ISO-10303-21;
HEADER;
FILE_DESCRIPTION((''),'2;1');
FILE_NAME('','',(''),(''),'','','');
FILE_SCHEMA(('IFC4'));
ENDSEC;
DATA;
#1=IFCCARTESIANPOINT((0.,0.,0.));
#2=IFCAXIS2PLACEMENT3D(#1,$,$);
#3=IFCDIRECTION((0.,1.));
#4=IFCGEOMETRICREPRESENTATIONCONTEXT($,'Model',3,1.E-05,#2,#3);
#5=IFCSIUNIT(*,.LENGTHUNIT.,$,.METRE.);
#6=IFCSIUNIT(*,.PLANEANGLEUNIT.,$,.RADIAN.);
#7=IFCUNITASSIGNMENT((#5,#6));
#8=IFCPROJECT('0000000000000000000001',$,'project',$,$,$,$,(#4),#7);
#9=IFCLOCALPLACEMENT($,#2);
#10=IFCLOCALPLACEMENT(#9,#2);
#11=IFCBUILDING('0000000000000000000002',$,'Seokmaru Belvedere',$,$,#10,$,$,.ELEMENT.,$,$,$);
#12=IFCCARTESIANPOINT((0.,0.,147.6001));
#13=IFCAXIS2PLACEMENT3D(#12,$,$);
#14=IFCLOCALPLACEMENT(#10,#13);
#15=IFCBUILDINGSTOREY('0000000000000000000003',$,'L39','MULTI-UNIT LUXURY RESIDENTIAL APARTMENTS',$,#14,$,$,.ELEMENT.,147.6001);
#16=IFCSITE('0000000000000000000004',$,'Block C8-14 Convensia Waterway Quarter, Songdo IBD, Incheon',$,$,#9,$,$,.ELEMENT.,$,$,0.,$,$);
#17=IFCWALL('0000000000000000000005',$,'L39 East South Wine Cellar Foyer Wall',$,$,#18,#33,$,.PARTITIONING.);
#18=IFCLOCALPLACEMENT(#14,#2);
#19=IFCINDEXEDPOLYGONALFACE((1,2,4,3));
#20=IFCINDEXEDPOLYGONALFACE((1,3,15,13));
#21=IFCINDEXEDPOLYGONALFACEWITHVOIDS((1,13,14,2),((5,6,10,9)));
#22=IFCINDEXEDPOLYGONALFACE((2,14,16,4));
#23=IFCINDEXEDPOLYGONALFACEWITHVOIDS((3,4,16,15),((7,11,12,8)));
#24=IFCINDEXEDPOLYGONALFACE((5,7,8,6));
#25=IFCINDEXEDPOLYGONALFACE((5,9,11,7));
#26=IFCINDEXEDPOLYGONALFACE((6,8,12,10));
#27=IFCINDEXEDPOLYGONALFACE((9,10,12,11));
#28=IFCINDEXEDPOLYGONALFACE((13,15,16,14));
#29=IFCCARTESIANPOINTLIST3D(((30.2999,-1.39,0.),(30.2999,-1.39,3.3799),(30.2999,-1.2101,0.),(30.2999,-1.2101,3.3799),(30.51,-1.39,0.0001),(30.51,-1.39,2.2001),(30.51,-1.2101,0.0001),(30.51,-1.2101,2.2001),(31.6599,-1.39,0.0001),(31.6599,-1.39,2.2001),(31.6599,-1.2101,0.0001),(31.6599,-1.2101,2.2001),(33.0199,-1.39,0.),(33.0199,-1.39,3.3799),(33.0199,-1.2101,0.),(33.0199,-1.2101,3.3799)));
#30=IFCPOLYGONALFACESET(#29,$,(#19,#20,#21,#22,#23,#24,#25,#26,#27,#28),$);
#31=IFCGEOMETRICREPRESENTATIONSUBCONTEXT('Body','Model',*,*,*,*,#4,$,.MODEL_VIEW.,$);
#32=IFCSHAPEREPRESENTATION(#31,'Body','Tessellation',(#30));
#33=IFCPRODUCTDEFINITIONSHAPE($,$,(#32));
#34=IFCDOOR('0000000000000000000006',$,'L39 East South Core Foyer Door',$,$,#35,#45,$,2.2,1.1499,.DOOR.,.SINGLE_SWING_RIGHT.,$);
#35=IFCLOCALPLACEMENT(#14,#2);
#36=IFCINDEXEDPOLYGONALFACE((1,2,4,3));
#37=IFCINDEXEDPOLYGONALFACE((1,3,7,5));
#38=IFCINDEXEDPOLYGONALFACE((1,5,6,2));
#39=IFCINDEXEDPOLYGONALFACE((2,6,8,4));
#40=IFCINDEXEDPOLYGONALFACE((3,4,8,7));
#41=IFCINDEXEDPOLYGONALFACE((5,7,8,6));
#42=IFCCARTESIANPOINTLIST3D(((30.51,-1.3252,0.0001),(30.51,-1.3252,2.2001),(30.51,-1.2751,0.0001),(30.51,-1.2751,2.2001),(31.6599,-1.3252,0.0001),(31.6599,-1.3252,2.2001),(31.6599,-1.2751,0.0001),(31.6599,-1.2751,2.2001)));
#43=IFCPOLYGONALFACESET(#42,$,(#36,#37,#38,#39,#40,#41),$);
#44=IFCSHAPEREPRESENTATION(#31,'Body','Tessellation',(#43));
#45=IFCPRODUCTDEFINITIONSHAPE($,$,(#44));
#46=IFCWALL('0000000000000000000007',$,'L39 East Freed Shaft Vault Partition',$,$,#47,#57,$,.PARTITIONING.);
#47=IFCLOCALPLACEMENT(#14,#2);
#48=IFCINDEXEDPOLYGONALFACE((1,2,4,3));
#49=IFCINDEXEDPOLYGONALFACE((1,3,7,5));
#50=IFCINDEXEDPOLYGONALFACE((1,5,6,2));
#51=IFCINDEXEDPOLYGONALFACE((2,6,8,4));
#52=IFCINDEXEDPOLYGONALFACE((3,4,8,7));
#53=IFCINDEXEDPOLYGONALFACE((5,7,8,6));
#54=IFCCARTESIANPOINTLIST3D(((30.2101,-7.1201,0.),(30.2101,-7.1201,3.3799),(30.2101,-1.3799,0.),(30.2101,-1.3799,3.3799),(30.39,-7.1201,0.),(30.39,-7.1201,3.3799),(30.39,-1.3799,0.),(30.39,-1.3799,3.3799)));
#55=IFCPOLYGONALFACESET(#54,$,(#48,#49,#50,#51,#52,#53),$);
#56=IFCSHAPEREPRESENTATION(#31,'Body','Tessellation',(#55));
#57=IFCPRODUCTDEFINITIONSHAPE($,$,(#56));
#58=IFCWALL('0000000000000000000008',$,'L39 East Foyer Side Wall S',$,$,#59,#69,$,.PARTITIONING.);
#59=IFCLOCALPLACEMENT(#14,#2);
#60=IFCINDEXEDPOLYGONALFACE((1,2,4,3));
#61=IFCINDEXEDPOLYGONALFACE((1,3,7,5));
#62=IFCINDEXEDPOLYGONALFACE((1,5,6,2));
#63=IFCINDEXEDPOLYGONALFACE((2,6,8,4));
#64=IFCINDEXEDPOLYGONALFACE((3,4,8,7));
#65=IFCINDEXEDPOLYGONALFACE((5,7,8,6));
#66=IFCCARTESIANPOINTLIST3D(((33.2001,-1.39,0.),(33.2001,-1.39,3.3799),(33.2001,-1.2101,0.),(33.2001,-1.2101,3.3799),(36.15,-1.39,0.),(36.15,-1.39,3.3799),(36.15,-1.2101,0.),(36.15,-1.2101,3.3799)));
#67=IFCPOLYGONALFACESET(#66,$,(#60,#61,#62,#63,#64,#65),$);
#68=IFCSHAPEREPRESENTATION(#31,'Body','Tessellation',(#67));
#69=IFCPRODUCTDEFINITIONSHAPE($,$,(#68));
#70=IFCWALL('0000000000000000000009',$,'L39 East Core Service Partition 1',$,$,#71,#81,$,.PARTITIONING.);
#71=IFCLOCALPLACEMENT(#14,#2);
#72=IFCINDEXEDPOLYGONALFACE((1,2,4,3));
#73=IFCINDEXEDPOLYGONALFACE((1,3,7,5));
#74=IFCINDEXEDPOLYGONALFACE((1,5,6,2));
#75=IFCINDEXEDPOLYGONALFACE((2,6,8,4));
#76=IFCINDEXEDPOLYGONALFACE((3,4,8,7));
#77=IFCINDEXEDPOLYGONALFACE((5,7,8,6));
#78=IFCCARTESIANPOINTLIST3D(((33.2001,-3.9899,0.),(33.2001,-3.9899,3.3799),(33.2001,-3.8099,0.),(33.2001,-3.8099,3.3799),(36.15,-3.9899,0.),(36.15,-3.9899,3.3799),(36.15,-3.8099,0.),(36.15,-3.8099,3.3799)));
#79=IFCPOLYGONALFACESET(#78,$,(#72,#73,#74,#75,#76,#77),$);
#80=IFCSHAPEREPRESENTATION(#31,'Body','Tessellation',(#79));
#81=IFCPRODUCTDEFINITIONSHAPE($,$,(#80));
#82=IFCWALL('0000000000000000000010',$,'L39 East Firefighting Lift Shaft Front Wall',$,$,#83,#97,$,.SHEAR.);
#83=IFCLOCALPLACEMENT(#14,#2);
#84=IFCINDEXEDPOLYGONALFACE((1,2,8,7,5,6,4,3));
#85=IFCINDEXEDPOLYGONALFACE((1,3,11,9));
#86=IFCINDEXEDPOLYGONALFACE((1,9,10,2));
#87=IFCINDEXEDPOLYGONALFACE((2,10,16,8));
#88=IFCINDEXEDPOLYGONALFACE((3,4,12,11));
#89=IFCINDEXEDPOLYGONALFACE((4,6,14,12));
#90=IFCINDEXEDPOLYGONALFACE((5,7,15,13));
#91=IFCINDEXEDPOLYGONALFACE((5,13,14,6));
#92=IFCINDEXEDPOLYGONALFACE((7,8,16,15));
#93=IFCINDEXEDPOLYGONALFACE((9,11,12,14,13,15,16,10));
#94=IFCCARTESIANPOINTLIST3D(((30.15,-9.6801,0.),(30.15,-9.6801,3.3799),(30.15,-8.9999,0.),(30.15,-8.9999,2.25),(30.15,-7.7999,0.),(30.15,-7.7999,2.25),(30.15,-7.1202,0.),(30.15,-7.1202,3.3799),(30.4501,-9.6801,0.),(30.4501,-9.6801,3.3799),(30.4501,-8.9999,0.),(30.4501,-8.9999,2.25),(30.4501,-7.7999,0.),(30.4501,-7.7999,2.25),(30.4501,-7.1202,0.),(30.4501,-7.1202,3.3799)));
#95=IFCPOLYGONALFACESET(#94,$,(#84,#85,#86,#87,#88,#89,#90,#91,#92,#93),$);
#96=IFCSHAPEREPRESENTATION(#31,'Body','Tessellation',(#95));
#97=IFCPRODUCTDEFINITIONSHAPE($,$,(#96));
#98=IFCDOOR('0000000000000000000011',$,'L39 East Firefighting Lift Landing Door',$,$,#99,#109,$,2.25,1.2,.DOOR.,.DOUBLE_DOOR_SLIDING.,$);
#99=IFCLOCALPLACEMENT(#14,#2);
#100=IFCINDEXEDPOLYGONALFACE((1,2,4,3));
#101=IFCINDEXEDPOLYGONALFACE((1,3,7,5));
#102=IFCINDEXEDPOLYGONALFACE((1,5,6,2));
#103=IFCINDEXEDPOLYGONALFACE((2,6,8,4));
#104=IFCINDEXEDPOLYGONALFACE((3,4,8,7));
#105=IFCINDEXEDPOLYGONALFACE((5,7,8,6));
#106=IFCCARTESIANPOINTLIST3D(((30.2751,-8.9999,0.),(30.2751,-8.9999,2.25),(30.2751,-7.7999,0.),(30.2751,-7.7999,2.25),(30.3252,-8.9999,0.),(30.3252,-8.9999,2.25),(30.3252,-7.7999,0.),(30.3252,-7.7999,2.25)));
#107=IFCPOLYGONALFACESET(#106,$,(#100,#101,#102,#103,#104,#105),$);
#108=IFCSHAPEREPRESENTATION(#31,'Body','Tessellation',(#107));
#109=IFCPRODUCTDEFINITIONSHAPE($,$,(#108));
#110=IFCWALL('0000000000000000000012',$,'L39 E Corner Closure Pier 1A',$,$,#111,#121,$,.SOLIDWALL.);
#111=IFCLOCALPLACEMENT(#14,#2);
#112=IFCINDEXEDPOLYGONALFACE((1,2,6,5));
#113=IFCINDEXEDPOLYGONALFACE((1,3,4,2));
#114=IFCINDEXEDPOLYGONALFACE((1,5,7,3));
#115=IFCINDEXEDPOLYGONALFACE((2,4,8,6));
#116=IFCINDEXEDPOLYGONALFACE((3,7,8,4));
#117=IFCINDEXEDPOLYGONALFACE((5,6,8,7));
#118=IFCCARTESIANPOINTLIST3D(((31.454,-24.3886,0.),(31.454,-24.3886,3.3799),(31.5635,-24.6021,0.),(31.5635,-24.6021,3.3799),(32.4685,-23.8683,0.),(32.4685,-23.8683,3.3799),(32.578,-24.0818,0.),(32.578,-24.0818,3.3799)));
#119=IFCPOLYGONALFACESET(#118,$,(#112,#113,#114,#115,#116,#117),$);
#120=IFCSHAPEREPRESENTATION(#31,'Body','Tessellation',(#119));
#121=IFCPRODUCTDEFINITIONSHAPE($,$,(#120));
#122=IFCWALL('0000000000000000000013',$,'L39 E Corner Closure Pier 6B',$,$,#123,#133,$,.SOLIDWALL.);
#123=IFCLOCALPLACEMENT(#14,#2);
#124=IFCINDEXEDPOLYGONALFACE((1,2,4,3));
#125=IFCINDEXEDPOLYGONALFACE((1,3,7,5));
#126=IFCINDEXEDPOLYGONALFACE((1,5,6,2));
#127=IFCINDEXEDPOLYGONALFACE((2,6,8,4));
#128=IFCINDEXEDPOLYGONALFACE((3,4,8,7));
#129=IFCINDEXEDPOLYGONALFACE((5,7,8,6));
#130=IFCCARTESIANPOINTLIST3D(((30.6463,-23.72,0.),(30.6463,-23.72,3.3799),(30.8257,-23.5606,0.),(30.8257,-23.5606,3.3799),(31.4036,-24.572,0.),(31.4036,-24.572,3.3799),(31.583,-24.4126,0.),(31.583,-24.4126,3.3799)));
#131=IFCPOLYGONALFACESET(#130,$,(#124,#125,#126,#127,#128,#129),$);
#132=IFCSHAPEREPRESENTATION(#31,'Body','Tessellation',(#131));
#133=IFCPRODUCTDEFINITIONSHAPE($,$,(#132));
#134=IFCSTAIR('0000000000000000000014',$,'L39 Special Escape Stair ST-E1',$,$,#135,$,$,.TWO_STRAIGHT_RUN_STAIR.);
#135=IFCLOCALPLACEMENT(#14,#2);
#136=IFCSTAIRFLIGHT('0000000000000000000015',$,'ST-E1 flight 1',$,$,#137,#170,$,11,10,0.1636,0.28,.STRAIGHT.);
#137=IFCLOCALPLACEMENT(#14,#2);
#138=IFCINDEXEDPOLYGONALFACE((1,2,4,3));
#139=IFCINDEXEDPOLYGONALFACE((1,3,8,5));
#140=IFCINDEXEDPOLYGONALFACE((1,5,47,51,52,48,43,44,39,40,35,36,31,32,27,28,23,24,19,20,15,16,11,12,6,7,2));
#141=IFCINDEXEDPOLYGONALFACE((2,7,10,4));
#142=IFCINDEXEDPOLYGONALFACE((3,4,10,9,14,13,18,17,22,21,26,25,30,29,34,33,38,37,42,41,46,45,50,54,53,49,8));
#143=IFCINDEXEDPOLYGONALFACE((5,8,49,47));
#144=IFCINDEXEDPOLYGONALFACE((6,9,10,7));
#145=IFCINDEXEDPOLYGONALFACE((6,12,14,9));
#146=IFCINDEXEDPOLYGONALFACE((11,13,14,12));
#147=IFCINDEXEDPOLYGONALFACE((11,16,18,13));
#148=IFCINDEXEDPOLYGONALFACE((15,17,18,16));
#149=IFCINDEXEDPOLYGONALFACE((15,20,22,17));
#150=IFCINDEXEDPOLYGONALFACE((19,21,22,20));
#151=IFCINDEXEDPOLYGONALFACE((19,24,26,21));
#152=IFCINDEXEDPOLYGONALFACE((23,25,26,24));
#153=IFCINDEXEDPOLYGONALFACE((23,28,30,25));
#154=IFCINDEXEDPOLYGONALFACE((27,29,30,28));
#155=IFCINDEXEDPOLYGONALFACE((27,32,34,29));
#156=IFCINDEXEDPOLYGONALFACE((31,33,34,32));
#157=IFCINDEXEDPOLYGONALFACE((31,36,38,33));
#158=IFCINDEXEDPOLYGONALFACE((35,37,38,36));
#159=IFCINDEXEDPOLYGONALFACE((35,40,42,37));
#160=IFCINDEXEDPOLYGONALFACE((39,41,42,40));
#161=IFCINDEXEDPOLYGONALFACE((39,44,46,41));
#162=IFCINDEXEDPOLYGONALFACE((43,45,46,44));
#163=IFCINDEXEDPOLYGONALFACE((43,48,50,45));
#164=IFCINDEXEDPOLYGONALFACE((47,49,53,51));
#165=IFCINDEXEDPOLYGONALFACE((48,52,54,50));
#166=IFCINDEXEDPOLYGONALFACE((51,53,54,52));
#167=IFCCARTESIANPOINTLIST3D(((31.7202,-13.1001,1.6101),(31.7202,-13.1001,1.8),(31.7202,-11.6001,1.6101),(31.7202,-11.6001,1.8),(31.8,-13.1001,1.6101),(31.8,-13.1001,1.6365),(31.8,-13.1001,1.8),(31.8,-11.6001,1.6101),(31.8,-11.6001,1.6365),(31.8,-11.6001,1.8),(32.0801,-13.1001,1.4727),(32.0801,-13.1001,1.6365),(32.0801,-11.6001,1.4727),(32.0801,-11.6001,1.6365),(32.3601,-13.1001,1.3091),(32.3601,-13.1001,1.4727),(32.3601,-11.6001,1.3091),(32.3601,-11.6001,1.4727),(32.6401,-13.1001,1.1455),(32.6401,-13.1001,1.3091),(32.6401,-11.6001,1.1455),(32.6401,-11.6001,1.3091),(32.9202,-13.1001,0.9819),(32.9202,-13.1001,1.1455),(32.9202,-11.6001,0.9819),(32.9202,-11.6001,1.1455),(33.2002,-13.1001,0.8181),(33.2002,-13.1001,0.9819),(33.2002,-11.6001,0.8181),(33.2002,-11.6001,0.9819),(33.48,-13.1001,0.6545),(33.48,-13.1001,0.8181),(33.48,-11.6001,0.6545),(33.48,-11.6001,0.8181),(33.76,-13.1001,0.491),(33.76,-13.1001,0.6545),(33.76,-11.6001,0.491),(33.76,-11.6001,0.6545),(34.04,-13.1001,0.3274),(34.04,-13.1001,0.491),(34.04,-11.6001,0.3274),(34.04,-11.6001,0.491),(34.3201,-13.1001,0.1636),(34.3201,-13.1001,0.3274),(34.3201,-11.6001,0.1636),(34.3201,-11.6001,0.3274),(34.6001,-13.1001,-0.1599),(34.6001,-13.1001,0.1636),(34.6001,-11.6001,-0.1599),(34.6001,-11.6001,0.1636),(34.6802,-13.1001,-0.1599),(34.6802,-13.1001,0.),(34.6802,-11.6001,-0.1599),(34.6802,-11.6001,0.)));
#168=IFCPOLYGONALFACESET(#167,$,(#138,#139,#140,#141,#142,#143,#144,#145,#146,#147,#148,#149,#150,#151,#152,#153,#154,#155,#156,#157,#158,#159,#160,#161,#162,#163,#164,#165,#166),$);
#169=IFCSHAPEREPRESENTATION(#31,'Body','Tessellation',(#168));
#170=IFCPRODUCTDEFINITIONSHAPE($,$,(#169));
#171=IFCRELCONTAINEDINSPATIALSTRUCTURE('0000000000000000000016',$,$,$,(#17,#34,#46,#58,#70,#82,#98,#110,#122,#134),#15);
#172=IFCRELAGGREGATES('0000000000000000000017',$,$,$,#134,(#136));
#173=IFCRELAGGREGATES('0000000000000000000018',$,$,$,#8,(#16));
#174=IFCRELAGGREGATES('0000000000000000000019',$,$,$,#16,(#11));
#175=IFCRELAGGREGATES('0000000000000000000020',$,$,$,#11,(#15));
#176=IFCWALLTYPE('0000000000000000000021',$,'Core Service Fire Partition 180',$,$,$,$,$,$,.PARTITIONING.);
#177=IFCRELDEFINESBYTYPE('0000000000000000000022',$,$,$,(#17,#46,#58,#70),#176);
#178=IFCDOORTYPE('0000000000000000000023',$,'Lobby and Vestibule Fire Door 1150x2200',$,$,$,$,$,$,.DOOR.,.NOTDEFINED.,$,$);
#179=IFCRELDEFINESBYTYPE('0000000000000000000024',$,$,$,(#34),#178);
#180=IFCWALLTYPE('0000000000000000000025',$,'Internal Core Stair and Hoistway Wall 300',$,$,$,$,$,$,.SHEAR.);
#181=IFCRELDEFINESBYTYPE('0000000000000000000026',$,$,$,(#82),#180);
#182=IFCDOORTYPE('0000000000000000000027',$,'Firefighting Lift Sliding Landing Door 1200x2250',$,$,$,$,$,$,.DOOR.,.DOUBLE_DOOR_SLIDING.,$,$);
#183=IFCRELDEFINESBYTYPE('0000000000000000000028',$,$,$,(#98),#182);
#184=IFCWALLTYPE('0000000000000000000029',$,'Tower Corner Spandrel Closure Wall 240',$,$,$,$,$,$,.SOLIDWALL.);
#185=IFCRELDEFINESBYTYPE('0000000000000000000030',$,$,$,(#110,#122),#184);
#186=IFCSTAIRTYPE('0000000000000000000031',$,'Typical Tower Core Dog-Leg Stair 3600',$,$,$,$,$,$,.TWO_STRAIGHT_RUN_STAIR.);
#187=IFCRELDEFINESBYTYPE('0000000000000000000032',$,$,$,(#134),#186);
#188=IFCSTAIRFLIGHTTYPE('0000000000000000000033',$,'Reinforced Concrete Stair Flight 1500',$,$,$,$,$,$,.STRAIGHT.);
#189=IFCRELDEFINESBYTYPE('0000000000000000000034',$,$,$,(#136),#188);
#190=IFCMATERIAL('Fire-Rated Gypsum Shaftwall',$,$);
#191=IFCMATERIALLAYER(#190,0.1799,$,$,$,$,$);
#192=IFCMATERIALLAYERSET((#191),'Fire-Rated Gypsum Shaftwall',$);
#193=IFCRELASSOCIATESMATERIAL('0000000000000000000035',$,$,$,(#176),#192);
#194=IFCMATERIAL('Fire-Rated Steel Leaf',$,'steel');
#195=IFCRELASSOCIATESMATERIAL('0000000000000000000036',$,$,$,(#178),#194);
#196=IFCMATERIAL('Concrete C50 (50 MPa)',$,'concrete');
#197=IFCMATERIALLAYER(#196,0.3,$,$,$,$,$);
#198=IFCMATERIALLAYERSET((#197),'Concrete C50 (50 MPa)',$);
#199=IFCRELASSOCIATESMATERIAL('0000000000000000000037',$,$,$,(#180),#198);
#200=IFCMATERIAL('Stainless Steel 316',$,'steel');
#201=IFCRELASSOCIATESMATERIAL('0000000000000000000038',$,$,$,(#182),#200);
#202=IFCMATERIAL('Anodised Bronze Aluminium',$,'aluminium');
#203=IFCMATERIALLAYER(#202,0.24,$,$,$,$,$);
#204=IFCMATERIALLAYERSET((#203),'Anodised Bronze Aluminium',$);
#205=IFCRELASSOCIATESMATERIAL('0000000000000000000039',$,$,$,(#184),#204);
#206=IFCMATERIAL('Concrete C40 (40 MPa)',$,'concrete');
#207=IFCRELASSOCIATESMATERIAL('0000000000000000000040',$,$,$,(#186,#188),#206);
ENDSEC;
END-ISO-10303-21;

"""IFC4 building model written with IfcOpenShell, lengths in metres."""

from ifc_helpers import new_model, si_unit, direction, frame, frame_2d, origin, place, context, subcontext, project, spatial, polyline, rectangle, outline, extrude, source, transform, mapped, material, layer, layer_set, type_object, type_shapes, element, fill, aggregate, save


model = new_model("IFC4")

# Units and contexts
model_context = context("Model", 3, precision=1e-05, world=origin(), true_north=direction((0.0, 1.0)))
body_context = subcontext(model_context, "Body", "Model", "MODEL_VIEW")
ifc_project = project(units=[si_unit("LENGTHUNIT", "METRE"), si_unit("PLANEANGLEUNIT", "RADIAN")], contexts=[model_context])

# Site, building, storey
site_placement = place(None, origin())
site = spatial("IfcSite", under=ifc_project, at=site_placement, Name="Block C8-14 Convensia Waterway Quarter, Songdo IBD, Incheon", CompositionType="ELEMENT", RefElevation=0.0)
building_placement = place(site_placement, origin())
building = spatial("IfcBuilding", under=site, at=building_placement, Name="Seokmaru Belvedere", CompositionType="ELEMENT")
storey_placement = place(building_placement, frame((0.0, 0.0, 147.6001)))
storey = spatial("IfcBuildingStorey", under=building, at=storey_placement, Name="L39", Description="MULTI-UNIT LUXURY RESIDENTIAL APARTMENTS", CompositionType="ELEMENT", Elevation=147.6001)

# Shared definitions
ifc_material_1 = material(Name="Anodised Bronze Aluminium", Category="aluminium")

# Shared definitions
ifc_material_2 = material(Name="Fire-Rated Gypsum Shaftwall")
ifc_layer_1 = layer(ifc_material_2, 0.1799)
ifc_layer_set_1 = layer_set([ifc_layer_1], Name="Fire-Rated Gypsum Shaftwall")
wall_type_1 = type_object("IfcWallType", Name="Core Service Fire Partition 180", PredefinedType="PARTITIONING", material=ifc_layer_set_1)

# Wall, opening, door
wall_1_placement = place(storey_placement, frame((30.3, -1.3, 0.0), z_axis=(0.0, 0.0, 1.0), x_axis=(1.0, 0.0, 0.0)))
wall_1 = element("IfcWall", 1, at=wall_1_placement, inside=storey, type_object=wall_type_1, Name="L39 East South Wine Cellar Foyer Wall", PredefinedType="PARTITIONING", context=body_context, shape_type="SweptSolid", body=[
    extrude(rectangle(XDim=2.72, YDim=0.1799, at=frame_2d((1.3599, 0.0))), origin(), (0.0, 0.0, 1.0), 3.3799),
])
opening_1_placement = place(wall_1_placement, frame((0.21, 0.0, 0.0)))
opening_1 = element("IfcOpeningElement", 2, at=opening_1_placement, cuts=wall_1, PredefinedType="OPENING", context=body_context, shape_type="SweptSolid", body=[
    extrude(rectangle(XDim=1.1499, YDim=2.2, at=frame_2d((0.575, 1.1001))), frame((0.0, 0.1001, 0.0), z_axis=(0.0, -1.0, 0.0), x_axis=(1.0, 0.0, 0.0)), (0.0, 0.0, 1.0), 0.2),
])
ifc_material_3 = material(Name="Fire-Rated Steel Leaf", Category="steel")
door_type_1 = type_object("IfcDoorType", Name="Lobby and Vestibule Fire Door 1150x2200", OperationType="NOTDEFINED", PredefinedType="DOOR", material=ifc_material_3)
shared_shape_1 = source(origin(), body_context, "Body", "SweptSolid", [
    extrude(rectangle(XDim=1.1499, YDim=2.2, at=frame_2d((0.575, 1.1001))), frame((0.0, 0.0249, 0.0), z_axis=(0.0, -1.0, 0.0), x_axis=(1.0, 0.0, 0.0)), (0.0, 0.0, 1.0), 0.05),
])
type_shapes(door_type_1, [shared_shape_1])
door_1_placement = place(opening_1_placement, origin())
door_1 = element("IfcDoor", 3, at=door_1_placement, inside=storey, type_object=door_type_1, Name="L39 East South Core Foyer Door", OperationType="SINGLE_SWING_RIGHT", OverallHeight=2.2, OverallWidth=1.1499, PredefinedType="DOOR", context=body_context, shape_type="MappedRepresentation", body=[
    mapped(shared_shape_1, transform((0.0, 0.0, 0.0), scale=1.0)),
])
fill(opening_1, door_1)

# Walls
wall_2_placement = place(storey_placement, frame((30.3, -7.1201, 0.0), z_axis=(0.0, 0.0, 1.0), x_axis=(0.0, 1.0, 0.0)))
element("IfcWall", 4, at=wall_2_placement, inside=storey, type_object=wall_type_1, Name="L39 East Freed Shaft Vault Partition", PredefinedType="PARTITIONING", context=body_context, shape_type="SweptSolid", body=[
    extrude(rectangle(XDim=5.7402, YDim=0.1799, at=frame_2d((2.8701, 0.0))), origin(), (0.0, 0.0, 1.0), 3.3799),
])
for number, where, z_axis, x_axis, name in (
    (5, (33.2, -1.3, 0.0), (0.0, 0.0, 1.0), (1.0, 0.0, 0.0), "L39 East Foyer Side Wall S"),
    (6, (33.2, -3.8999, 0.0), (0.0, 0.0, 1.0), (1.0, 0.0, 0.0), "L39 East Core Service Partition 1"),
):
    element("IfcWall", number, at=place(storey_placement, frame(where, z_axis=z_axis, x_axis=x_axis)), inside=storey, type_object=wall_type_1, Name=name, PredefinedType="PARTITIONING", context=body_context, shape_type="SweptSolid", body=[
        extrude(rectangle(XDim=2.95, YDim=0.1799, at=frame_2d((1.4751, 0.0))), origin(), (0.0, 0.0, 1.0), 3.3799),
    ])

# Wall, opening, door
ifc_material_4 = material(Name="Concrete C50 (50 MPa)", Category="concrete")
ifc_layer_2 = layer(ifc_material_4, 0.3)
ifc_layer_set_2 = layer_set([ifc_layer_2], Name="Concrete C50 (50 MPa)")
wall_type_2 = type_object("IfcWallType", Name="Internal Core Stair and Hoistway Wall 300", PredefinedType="SHEAR", material=ifc_layer_set_2)
wall_3_placement = place(storey_placement, frame((30.3, -9.6799, 0.0), z_axis=(0.0, 0.0, 1.0), x_axis=(0.0, 1.0, 0.0)))
wall_3 = element("IfcWall", 7, at=wall_3_placement, inside=storey, type_object=wall_type_2, Name="L39 East Firefighting Lift Shaft Front Wall", PredefinedType="SHEAR", context=body_context, shape_type="SweptSolid", body=[
    extrude(rectangle(XDim=2.5598, YDim=0.3, at=frame_2d((1.2798, 0.0))), origin(), (0.0, 0.0, 1.0), 3.3799),
])
opening_2_placement = place(wall_3_placement, frame((0.6799, 0.0, 0.0)))
opening_2 = element("IfcOpeningElement", 8, at=opening_2_placement, cuts=wall_3, PredefinedType="OPENING", context=body_context, shape_type="SweptSolid", body=[
    extrude(rectangle(XDim=1.2, YDim=2.25, at=frame_2d((0.6001, 1.125))), frame((0.0, 0.1602, 0.0), z_axis=(0.0, -1.0, 0.0), x_axis=(1.0, 0.0, 0.0)), (0.0, 0.0, 1.0), 0.3201),
])
ifc_material_5 = material(Name="Stainless Steel 316", Category="steel")
door_type_2 = type_object("IfcDoorType", Name="Firefighting Lift Sliding Landing Door 1200x2250", OperationType="DOUBLE_DOOR_SLIDING", PredefinedType="DOOR", material=ifc_material_5)
shared_shape_2 = source(origin(), body_context, "Body", "SweptSolid", [
    extrude(rectangle(XDim=1.2, YDim=2.25, at=frame_2d((0.6001, 1.125))), frame((0.0, 0.0249, 0.0), z_axis=(0.0, -1.0, 0.0), x_axis=(1.0, 0.0, 0.0)), (0.0, 0.0, 1.0), 0.05),
])
type_shapes(door_type_2, [shared_shape_2])
door_2_placement = place(opening_2_placement, origin())
door_2 = element("IfcDoor", 9, at=door_2_placement, inside=storey, type_object=door_type_2, Name="L39 East Firefighting Lift Landing Door", OperationType="DOUBLE_DOOR_SLIDING", OverallHeight=2.25, OverallWidth=1.2, PredefinedType="DOOR", context=body_context, shape_type="MappedRepresentation", body=[
    mapped(shared_shape_2, transform((0.0, 0.0, 0.0), scale=1.0)),
])
fill(opening_2, door_2)

# Walls
ifc_layer_3 = layer(ifc_material_1, 0.24)
ifc_layer_set_3 = layer_set([ifc_layer_3], Name="Anodised Bronze Aluminium")
wall_type_3 = type_object("IfcWallType", Name="Tower Corner Spandrel Closure Wall 240", PredefinedType="SOLIDWALL", material=ifc_layer_set_3)
wall_4_placement = place(storey_placement, frame((31.5088, -24.4954, 0.0), z_axis=(0.0, 0.0, 1.0), x_axis=(0.889797, 0.456356, 0.0)))
element("IfcWall", 10, at=wall_4_placement, inside=storey, type_object=wall_type_3, Name="L39 E Corner Closure Pier 1A", PredefinedType="SOLIDWALL", context=body_context, shape_type="SweptSolid", body=[
    extrude(rectangle(XDim=1.1401, YDim=0.24, at=frame_2d((0.5701, 0.0))), origin(), (0.0, 0.0, 1.0), 3.3799),
])
wall_5_placement = place(storey_placement, frame((30.7361, -23.6404, 0.0), z_axis=(0.0, 0.0, 1.0), x_axis=(0.664337, -0.747433, 0.0)))
element("IfcWall", 11, at=wall_5_placement, inside=storey, type_object=wall_type_3, Name="L39 E Corner Closure Pier 6B", PredefinedType="SOLIDWALL", context=body_context, shape_type="SweptSolid", body=[
    extrude(rectangle(XDim=1.1399, YDim=0.24, at=frame_2d((0.5698, 0.0))), origin(), (0.0, 0.0, 1.0), 3.3799),
])

# Stair, stair flight
ifc_material_6 = material(Name="Concrete C40 (40 MPa)", Category="concrete")
stair_type = type_object("IfcStairType", Name="Typical Tower Core Dog-Leg Stair 3600", PredefinedType="TWO_STRAIGHT_RUN_STAIR", material=ifc_material_6)
stair_placement = place(storey_placement, origin())
stair = element("IfcStair", 12, at=stair_placement, inside=storey, type_object=stair_type, Name="L39 Special Escape Stair ST-E1", PredefinedType="TWO_STRAIGHT_RUN_STAIR")
stair_flight_type = type_object("IfcStairFlightType", Name="Reinforced Concrete Stair Flight 1500", PredefinedType="STRAIGHT", material=ifc_material_6)
stair_flight_1_placement = place(storey_placement, frame((34.6001, -12.3501, 0.0), z_axis=(0.0, 0.0, 1.0), x_axis=(-1.0, 0.0, 0.0)))
stair_flight_1 = element("IfcStairFlight", 13, at=stair_flight_1_placement, type_object=stair_flight_type, Name="ST-E1 flight 1", NumberOfRisers=11, NumberOfTreads=10, PredefinedType="STRAIGHT", RiserHeight=0.1636, TreadLength=0.28, context=body_context, shape_type="SweptSolid", body=[
    extrude(outline(polyline([(-0.0801, 0.0), (0.0, 0.1636), (0.28, 0.1636), (0.28, 0.3274), (0.5601, 0.3274), (0.5601, 0.491), (0.8401, 0.491), (0.8401, 0.6545), (1.1201, 0.6545), (1.1201, 0.8181), (1.3999, 0.8181), (1.3999, 0.9819), (1.6799, 0.9819), (1.6799, 1.1455), (1.96, 1.1455), (1.96, 1.3091), (2.24, 1.3091), (2.24, 1.4727), (2.52, 1.4727), (2.52, 1.6365), (2.8, 1.6365), (2.8, 1.8), (2.8799, 1.8), (2.8799, 1.6101), (2.8, 1.6101), (0.0, -0.1599), (-0.0801, -0.1599), (-0.0801, 0.0)])), frame((0.0, 0.75, 0.0), z_axis=(0.0, -1.0, 0.0), x_axis=(1.0, 0.0, 0.0)), (0.0, 0.0, 1.0), 1.5),
])
aggregate(stair, [stair_flight_1])

save(model, "model.ifc")
